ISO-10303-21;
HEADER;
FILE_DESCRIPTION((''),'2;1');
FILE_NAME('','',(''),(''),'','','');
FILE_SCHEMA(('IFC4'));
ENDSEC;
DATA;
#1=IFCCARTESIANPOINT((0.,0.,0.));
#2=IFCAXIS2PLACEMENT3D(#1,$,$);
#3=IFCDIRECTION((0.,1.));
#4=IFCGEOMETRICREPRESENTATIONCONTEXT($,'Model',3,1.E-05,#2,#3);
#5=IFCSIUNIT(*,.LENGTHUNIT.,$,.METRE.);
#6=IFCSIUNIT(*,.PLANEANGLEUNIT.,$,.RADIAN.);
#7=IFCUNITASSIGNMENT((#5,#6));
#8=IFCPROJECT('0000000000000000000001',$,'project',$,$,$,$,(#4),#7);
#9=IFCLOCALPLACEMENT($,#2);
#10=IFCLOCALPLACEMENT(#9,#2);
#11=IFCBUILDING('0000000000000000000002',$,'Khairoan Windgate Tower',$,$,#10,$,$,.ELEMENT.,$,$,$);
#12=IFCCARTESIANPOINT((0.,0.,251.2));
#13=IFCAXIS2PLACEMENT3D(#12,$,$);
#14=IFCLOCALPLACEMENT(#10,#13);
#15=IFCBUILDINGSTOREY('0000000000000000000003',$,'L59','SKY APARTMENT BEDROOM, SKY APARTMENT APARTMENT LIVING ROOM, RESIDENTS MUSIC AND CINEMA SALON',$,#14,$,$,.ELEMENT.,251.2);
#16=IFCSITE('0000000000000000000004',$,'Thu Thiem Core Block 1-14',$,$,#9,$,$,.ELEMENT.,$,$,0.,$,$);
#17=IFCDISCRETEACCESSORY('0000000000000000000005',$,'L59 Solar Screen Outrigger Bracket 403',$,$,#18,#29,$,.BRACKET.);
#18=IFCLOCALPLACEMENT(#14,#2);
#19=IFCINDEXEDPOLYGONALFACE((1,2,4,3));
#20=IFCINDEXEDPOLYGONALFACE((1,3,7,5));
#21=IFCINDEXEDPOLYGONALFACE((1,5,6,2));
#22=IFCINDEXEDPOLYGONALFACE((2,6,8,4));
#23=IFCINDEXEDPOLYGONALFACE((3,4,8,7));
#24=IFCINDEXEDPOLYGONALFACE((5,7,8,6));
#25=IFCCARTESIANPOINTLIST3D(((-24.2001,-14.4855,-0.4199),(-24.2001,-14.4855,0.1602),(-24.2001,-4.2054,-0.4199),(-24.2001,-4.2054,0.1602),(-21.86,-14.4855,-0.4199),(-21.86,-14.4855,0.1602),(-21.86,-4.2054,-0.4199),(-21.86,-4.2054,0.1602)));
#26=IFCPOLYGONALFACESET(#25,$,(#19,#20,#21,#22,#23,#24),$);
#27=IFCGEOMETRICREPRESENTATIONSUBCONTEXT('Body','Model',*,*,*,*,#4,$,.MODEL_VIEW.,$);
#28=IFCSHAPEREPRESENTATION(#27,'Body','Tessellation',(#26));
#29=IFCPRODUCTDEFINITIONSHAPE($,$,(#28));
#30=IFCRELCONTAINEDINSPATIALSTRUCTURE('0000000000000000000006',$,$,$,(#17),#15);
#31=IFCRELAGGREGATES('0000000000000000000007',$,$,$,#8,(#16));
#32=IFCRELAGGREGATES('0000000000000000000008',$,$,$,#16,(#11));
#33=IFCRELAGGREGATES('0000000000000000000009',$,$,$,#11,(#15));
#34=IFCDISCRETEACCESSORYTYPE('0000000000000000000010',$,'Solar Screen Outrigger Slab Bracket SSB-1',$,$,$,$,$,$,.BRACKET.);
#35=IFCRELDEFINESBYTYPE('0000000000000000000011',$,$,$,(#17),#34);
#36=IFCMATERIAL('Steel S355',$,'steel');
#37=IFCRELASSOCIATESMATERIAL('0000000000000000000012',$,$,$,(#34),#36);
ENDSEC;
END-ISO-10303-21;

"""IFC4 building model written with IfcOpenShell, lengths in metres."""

from ifc_helpers import new_model, si_unit, direction, frame, origin, origin_2d, place, context, subcontext, project, spatial, rectangle, extrude, material, type_object, element, save


model = new_model("IFC4")

# Units and contexts
model_context = context("Model", 3, precision=1e-05, world=origin(), true_north=direction((0.0, 1.0)))
body_context = subcontext(model_context, "Body", "Model", "MODEL_VIEW")
ifc_project = project(units=[si_unit("LENGTHUNIT", "METRE"), si_unit("PLANEANGLEUNIT", "RADIAN")], contexts=[model_context])

# Site, building, storey
site_placement = place(None, origin())
site = spatial("IfcSite", under=ifc_project, at=site_placement, Name="Thu Thiem Core Block 1-14", CompositionType="ELEMENT", RefElevation=0.0)
building_placement = place(site_placement, origin())
building = spatial("IfcBuilding", under=site, at=building_placement, Name="Khairoan Windgate Tower", CompositionType="ELEMENT")
storey_placement = place(building_placement, frame((0.0, 0.0, 251.2)))
storey = spatial("IfcBuildingStorey", under=building, at=storey_placement, Name="L59", Description="SKY APARTMENT BEDROOM, SKY APARTMENT APARTMENT LIVING ROOM, RESIDENTS MUSIC AND CINEMA SALON", CompositionType="ELEMENT", Elevation=251.2)

# Discrete accessory
ifc_material_1 = material(Name="Steel S355", Category="steel")
discrete_accessory_type = type_object("IfcDiscreteAccessoryType", Name="Solar Screen Outrigger Slab Bracket SSB-1", PredefinedType="BRACKET", material=ifc_material_1)
discrete_accessory_placement = place(storey_placement, frame((-23.03, -9.3455, -0.4199), z_axis=(0.0, 0.0, 1.0), x_axis=(0.0, 1.0, 0.0)))
element("IfcDiscreteAccessory", 1, at=discrete_accessory_placement, inside=storey, type_object=discrete_accessory_type, Name="L59 Solar Screen Outrigger Bracket 403", PredefinedType="BRACKET", context=body_context, shape_type="SweptSolid", body=[
    extrude(rectangle(XDim=10.28, YDim=2.3401, at=origin_2d()), origin(), (0.0, 0.0, 1.0), 0.5801),
])

save(model, "model.ifc")
